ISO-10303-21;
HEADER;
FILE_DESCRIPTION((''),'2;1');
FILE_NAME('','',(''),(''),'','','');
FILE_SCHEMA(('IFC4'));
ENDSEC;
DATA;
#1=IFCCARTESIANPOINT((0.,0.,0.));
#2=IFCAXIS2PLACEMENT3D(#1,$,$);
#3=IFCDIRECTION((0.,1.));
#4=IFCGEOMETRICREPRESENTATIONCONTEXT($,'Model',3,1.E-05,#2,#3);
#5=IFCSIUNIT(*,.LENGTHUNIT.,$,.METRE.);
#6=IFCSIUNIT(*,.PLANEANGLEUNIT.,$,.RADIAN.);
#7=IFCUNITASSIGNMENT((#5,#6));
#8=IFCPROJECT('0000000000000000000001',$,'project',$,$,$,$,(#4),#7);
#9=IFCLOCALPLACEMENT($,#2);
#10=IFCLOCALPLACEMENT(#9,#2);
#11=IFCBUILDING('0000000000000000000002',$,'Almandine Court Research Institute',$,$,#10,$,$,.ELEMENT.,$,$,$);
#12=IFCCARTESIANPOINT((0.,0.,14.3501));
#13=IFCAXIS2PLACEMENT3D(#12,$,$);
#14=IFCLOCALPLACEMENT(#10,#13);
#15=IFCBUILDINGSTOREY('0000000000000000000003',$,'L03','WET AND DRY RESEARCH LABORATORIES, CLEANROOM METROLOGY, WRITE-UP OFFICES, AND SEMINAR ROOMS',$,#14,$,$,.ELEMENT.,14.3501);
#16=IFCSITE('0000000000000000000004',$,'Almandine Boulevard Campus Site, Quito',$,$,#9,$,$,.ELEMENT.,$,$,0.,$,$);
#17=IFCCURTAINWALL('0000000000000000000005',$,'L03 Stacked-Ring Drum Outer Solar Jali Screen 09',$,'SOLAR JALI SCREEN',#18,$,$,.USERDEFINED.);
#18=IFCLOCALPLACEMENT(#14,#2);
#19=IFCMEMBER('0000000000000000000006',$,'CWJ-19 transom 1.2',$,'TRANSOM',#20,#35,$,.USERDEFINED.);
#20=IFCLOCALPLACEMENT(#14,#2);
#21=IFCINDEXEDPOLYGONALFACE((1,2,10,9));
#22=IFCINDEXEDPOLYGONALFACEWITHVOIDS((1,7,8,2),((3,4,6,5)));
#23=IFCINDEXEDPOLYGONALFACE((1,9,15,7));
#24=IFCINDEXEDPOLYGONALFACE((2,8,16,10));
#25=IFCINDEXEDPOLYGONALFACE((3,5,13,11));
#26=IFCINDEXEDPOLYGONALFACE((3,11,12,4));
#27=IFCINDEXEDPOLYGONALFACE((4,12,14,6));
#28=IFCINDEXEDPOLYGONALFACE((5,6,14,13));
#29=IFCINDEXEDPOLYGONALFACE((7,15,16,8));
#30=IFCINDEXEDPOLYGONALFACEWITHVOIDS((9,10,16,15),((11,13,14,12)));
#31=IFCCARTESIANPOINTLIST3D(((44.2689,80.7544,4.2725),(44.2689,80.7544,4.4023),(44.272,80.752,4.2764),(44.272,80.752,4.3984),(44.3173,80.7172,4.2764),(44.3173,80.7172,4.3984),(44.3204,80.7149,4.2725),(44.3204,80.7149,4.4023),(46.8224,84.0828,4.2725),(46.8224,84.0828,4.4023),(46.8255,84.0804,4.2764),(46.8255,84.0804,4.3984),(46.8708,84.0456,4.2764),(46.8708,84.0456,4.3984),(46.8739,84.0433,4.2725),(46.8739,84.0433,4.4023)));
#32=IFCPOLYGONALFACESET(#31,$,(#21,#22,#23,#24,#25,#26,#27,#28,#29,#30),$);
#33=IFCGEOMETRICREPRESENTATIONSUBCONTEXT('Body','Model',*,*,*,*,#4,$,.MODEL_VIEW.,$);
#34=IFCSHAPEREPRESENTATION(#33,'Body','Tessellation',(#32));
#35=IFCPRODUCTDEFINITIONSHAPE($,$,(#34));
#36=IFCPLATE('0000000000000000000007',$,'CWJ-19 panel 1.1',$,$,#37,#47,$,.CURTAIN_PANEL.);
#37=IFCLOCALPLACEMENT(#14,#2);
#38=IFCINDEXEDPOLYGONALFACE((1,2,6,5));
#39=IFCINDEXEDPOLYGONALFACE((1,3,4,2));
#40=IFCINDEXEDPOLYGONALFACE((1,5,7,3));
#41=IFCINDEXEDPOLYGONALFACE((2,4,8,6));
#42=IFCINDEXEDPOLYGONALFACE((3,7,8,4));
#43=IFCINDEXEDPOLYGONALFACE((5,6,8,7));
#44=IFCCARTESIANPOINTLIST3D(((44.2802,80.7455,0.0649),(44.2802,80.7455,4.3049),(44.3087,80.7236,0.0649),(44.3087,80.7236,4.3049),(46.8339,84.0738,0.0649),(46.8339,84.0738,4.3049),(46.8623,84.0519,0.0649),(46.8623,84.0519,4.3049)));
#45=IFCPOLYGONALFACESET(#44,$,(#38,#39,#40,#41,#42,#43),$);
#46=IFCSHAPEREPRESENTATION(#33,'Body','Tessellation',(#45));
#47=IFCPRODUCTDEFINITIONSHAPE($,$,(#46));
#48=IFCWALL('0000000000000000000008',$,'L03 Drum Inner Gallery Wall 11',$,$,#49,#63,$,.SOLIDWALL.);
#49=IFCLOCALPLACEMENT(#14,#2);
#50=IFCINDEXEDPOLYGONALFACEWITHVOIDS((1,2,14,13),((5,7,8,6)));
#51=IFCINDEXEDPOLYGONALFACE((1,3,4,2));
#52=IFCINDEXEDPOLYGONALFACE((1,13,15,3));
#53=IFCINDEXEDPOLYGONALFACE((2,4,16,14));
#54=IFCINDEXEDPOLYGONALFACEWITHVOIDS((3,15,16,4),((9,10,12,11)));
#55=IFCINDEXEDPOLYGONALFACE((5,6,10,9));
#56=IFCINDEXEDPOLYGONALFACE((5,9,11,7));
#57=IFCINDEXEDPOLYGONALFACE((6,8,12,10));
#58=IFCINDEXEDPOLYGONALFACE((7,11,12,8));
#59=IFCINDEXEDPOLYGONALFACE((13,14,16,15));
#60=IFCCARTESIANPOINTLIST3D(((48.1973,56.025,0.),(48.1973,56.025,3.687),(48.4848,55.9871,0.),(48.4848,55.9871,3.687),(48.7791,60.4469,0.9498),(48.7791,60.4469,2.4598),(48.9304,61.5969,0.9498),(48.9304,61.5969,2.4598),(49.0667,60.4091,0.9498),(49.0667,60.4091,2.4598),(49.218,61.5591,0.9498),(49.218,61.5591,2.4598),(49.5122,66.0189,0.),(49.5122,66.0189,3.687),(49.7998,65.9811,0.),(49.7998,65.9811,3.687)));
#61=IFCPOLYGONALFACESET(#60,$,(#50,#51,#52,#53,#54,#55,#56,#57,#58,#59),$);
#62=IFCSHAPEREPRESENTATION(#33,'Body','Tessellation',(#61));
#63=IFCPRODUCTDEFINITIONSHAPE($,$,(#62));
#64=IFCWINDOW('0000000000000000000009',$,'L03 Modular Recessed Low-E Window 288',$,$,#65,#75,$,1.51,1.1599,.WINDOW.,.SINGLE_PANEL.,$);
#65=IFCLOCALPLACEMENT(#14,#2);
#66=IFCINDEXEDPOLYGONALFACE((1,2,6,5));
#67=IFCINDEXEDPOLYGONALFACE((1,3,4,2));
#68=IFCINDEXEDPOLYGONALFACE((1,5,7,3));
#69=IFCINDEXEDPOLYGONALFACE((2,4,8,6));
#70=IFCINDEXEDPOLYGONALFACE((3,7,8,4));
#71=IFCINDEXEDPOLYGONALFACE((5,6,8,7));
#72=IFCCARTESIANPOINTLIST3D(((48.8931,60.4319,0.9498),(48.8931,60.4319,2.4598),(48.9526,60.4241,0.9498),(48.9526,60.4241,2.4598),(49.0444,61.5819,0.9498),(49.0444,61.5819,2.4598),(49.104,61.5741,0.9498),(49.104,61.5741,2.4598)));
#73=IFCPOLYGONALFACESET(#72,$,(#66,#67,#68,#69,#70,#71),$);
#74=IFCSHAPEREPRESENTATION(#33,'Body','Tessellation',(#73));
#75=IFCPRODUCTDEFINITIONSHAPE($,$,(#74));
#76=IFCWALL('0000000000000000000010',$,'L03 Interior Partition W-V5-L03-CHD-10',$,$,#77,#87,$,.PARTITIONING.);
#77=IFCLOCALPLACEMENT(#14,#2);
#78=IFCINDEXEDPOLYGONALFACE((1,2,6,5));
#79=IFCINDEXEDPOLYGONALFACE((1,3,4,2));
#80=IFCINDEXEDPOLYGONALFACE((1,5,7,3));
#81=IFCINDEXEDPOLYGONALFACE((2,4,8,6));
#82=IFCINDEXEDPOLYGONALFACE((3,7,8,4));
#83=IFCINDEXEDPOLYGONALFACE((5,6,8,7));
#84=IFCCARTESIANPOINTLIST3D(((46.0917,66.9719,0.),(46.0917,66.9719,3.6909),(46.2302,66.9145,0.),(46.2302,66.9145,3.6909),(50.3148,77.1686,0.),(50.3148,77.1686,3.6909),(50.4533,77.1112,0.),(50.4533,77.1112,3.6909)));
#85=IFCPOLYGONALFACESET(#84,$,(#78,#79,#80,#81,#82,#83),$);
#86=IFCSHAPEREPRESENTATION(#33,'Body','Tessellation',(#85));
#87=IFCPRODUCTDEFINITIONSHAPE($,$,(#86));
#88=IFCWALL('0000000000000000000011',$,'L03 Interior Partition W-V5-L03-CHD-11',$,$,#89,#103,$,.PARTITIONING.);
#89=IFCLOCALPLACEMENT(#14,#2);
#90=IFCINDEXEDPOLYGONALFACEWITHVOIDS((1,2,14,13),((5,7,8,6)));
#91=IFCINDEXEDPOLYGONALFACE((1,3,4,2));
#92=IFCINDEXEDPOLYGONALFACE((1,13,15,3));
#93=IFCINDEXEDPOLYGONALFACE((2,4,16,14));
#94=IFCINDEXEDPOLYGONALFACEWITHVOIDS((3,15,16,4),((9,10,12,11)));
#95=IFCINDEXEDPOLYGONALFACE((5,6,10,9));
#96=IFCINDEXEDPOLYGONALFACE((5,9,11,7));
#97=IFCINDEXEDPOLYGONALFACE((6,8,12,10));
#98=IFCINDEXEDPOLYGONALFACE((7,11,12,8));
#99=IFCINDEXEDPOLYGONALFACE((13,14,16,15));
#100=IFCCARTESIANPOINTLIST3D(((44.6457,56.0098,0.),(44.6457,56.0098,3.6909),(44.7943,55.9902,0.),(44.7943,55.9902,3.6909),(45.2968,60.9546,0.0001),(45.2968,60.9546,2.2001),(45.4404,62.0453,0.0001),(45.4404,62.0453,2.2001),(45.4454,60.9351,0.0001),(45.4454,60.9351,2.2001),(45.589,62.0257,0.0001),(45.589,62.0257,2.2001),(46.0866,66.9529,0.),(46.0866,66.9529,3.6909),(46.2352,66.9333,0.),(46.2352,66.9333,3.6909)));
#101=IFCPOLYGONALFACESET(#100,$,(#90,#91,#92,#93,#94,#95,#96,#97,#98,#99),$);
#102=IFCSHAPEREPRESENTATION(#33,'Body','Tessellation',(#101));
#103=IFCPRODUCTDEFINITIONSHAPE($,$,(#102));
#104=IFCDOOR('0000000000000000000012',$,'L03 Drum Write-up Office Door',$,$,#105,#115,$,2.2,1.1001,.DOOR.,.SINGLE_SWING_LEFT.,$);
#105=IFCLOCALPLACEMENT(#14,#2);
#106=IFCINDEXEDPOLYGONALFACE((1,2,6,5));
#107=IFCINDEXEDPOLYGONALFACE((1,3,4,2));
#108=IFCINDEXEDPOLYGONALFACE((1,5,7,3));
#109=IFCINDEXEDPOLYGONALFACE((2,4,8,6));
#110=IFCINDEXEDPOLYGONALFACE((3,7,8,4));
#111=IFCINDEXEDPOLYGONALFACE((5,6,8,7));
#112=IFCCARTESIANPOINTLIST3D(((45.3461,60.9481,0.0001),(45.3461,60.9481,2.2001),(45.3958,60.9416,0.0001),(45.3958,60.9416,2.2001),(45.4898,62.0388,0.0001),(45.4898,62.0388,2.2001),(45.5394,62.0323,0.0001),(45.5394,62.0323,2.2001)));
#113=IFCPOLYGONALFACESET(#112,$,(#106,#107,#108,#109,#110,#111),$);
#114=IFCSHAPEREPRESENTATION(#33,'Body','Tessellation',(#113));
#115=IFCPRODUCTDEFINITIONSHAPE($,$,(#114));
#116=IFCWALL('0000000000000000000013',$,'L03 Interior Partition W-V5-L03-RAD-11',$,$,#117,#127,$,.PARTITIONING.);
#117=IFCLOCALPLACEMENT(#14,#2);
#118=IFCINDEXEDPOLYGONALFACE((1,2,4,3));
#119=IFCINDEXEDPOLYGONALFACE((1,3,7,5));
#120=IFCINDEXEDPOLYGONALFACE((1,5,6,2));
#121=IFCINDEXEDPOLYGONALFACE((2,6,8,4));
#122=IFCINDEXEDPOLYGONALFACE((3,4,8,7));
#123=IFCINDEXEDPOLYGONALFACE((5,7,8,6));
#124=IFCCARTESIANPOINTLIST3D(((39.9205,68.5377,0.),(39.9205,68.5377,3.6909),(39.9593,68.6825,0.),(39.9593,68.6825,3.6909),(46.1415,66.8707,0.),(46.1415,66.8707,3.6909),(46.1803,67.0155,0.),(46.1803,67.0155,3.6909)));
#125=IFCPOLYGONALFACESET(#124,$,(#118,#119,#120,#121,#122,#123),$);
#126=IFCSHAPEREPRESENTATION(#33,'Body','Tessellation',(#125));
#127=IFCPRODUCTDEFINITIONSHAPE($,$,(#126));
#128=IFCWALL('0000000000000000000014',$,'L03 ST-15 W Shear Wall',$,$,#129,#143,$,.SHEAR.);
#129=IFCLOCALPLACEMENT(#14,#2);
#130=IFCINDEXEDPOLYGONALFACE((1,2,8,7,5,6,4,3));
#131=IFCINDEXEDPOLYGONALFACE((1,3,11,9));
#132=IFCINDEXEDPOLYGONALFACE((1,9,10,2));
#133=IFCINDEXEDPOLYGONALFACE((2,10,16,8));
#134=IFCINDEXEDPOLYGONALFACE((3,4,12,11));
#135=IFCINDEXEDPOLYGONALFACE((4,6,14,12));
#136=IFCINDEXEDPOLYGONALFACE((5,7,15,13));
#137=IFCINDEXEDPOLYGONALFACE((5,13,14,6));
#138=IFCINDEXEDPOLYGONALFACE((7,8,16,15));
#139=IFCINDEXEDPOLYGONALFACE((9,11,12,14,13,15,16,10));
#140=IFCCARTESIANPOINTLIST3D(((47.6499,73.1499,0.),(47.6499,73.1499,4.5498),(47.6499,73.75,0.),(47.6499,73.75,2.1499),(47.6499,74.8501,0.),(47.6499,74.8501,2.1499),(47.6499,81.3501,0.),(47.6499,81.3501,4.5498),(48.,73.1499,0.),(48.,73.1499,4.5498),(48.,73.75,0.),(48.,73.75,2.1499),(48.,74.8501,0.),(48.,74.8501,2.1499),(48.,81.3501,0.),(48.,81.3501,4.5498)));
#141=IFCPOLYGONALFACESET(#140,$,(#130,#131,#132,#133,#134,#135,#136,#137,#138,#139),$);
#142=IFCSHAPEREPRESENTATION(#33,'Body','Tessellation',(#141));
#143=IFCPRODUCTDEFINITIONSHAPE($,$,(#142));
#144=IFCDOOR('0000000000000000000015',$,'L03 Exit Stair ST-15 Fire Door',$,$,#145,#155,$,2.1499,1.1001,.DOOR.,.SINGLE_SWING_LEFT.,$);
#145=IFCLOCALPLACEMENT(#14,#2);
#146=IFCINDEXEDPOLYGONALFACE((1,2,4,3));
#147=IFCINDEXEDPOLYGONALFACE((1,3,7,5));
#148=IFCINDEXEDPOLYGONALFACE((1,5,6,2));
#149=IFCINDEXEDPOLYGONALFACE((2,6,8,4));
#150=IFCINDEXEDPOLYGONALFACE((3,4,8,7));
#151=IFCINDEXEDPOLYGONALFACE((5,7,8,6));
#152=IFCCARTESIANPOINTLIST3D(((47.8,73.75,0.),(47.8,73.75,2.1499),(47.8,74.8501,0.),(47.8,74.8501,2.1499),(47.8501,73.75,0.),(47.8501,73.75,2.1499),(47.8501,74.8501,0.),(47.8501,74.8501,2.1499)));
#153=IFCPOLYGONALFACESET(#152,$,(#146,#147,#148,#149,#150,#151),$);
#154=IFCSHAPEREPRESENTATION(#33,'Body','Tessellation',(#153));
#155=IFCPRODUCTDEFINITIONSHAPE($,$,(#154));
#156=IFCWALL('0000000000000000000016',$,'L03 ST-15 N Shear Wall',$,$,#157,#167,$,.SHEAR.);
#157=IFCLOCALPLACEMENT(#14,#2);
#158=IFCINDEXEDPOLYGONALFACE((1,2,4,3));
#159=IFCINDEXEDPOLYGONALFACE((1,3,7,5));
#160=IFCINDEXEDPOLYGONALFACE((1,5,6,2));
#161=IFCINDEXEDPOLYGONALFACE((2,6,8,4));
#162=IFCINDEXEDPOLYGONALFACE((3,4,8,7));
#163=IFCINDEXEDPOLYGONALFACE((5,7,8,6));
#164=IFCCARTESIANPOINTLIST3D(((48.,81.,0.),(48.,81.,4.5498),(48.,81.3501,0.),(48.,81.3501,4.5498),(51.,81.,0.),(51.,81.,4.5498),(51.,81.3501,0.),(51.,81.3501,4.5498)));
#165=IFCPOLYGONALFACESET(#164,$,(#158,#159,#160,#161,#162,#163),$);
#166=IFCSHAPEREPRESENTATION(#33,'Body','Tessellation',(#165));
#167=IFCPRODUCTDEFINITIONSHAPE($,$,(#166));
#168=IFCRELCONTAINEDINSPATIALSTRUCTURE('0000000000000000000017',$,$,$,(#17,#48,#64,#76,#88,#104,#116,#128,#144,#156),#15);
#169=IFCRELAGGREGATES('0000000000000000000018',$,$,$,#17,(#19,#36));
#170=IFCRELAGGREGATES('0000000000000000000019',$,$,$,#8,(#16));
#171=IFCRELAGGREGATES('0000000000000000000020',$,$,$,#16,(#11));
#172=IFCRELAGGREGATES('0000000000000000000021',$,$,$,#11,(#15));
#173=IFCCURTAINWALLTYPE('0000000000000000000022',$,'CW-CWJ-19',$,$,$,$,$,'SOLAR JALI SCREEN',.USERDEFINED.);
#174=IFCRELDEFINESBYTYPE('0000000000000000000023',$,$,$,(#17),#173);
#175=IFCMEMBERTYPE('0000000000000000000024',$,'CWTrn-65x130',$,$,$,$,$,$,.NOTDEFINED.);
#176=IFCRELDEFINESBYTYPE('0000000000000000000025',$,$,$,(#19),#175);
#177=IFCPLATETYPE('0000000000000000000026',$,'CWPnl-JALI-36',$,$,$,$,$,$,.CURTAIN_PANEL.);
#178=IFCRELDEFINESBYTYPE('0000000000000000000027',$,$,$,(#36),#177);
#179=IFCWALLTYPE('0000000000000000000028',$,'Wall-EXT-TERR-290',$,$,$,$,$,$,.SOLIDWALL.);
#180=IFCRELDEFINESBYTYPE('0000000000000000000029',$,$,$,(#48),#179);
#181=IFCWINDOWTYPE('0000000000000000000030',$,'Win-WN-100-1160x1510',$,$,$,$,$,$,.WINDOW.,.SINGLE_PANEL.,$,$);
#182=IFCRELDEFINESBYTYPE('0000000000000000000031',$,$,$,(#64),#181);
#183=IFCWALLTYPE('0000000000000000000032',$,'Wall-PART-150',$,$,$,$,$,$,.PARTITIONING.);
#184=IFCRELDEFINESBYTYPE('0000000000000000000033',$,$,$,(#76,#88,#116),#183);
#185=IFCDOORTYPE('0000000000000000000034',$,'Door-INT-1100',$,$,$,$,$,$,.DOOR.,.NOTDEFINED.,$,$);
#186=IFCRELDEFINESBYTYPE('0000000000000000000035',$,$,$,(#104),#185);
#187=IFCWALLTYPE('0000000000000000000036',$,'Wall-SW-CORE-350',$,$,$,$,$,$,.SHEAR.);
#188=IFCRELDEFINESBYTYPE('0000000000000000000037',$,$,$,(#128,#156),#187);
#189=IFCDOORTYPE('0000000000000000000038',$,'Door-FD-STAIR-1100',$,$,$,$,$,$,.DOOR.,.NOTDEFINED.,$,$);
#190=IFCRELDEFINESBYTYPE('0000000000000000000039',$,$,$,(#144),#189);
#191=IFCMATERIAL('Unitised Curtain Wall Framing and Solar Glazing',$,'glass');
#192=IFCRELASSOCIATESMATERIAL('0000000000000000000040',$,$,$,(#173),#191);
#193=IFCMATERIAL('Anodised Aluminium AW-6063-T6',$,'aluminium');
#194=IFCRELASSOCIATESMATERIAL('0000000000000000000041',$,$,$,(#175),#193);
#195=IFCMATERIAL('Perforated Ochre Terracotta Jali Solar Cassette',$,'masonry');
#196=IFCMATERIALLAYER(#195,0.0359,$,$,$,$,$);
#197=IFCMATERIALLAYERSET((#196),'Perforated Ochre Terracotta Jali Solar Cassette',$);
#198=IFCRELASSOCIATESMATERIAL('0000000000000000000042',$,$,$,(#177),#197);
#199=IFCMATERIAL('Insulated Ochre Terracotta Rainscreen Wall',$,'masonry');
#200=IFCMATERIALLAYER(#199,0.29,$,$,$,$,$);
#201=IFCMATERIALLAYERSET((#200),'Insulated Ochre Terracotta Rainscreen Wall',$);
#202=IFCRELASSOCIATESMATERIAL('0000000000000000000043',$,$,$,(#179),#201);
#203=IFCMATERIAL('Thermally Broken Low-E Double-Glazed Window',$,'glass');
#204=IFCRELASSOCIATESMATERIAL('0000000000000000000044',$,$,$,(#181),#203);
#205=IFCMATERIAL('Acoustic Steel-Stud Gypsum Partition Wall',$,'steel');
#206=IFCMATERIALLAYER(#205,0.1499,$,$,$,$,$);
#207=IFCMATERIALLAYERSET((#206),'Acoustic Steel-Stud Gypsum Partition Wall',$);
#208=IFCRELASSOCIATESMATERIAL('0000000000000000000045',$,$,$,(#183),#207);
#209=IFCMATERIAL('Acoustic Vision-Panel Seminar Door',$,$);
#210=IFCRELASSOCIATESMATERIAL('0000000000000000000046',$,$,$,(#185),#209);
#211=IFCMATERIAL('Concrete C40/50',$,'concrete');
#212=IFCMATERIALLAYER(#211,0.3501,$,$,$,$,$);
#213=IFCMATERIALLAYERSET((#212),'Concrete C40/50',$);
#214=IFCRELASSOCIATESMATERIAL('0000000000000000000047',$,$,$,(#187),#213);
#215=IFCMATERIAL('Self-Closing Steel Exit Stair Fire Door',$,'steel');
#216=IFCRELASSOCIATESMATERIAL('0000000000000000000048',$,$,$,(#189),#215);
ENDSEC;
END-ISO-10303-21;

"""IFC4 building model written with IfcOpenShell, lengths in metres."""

from ifc_helpers import new_model, si_unit, direction, frame, frame_2d, origin, origin_2d, place, context, subcontext, project, spatial, rectangle, hollow_rectangle, extrude, material, layer, layer_set, material_profile, profile_set, type_object, element, fill, aggregate, save


model = new_model("IFC4")

# Units and contexts
model_context = context("Model", 3, precision=1e-05, world=origin(), true_north=direction((0.0, 1.0)))
body_context = subcontext(model_context, "Body", "Model", "MODEL_VIEW")
ifc_project = project(units=[si_unit("LENGTHUNIT", "METRE"), si_unit("PLANEANGLEUNIT", "RADIAN")], contexts=[model_context])

# Site, building, storey
site_placement = place(None, origin())
site = spatial("IfcSite", under=ifc_project, at=site_placement, Name="Almandine Boulevard Campus Site, Quito", CompositionType="ELEMENT", RefElevation=0.0)
building_placement = place(site_placement, origin())
building = spatial("IfcBuilding", under=site, at=building_placement, Name="Almandine Court Research Institute", CompositionType="ELEMENT")
storey_placement = place(building_placement, frame((0.0, 0.0, 14.3501)))
storey = spatial("IfcBuildingStorey", under=building, at=storey_placement, Name="L03", Description="WET AND DRY RESEARCH LABORATORIES, CLEANROOM METROLOGY, WRITE-UP OFFICES, AND SEMINAR ROOMS", CompositionType="ELEMENT", Elevation=14.3501)

# Curtain wall, member, plate
ifc_material_1 = material(Name="Unitised Curtain Wall Framing and Solar Glazing", Category="glass")
curtain_wall_type = type_object("IfcCurtainWallType", Name="CW-CWJ-19", ElementType="SOLAR JALI SCREEN", PredefinedType="USERDEFINED", material=ifc_material_1)
curtain_wall_placement = place(storey_placement, origin())
curtain_wall = element("IfcCurtainWall", 1, at=curtain_wall_placement, inside=storey, type_object=curtain_wall_type, Name="L03 Stacked-Ring Drum Outer Solar Jali Screen 09", ObjectType="SOLAR JALI SCREEN", PredefinedType="USERDEFINED")
ifc_material_2 = material(Name="Anodised Aluminium AW-6063-T6", Category="aluminium")
ifc_material_profile_1 = material_profile(ifc_material_2, hollow_rectangle(XDim=0.0649, YDim=0.1299, WallThickness=0.0039, at=origin_2d()), Name="ALU RHS 65x130x4")
ifc_profile_set_1 = profile_set([ifc_material_profile_1], Name="Anodised Aluminium AW-6063-T6")
member_type = type_object("IfcMemberType", Name="CWTrn-65x130", PredefinedType="NOTDEFINED", material=ifc_profile_set_1)
member_placement = place(storey_placement, frame((44.2947, 80.7346, 4.3374), z_axis=(0.608689, 0.793409, 0.0), x_axis=(-0.793409, 0.608689, 0.0)))
member = element("IfcMember", 2, at=member_placement, type_object=member_type, Name="CWJ-19 transom 1.2", ObjectType="TRANSOM", PredefinedType="USERDEFINED", context=body_context, shape_type="SweptSolid", body=[
    extrude(hollow_rectangle(XDim=0.0649, YDim=0.1299, WallThickness=0.0039, at=origin_2d()), origin(), (0.0, 0.0, 1.0), 4.1951),
])
ifc_material_3 = material(Name="Perforated Ochre Terracotta Jali Solar Cassette", Category="masonry")
ifc_layer_1 = layer(ifc_material_3, 0.0359)
ifc_layer_set_1 = layer_set([ifc_layer_1], Name="Perforated Ochre Terracotta Jali Solar Cassette")
plate_type = type_object("IfcPlateType", Name="CWPnl-JALI-36", PredefinedType="CURTAIN_PANEL", material=ifc_layer_set_1)
plate_placement = place(storey_placement, frame((45.5713, 82.3987, 0.0649), z_axis=(0.0, 0.0, 1.0), x_axis=(0.608723, 0.793383, 0.0)))
plate = element("IfcPlate", 3, at=plate_placement, type_object=plate_type, Name="CWJ-19 panel 1.1", PredefinedType="CURTAIN_PANEL", context=body_context, shape_type="SweptSolid", body=[
    extrude(rectangle(XDim=4.1951, YDim=0.0359, at=origin_2d()), origin(), (0.0, 0.0, 1.0), 4.24),
])
aggregate(curtain_wall, [member, plate])

# Wall, opening, window
ifc_material_4 = material(Name="Insulated Ochre Terracotta Rainscreen Wall", Category="masonry")
ifc_layer_2 = layer(ifc_material_4, 0.29)
ifc_layer_set_2 = layer_set([ifc_layer_2], Name="Insulated Ochre Terracotta Rainscreen Wall")
wall_type_1 = type_object("IfcWallType", Name="Wall-EXT-TERR-290", PredefinedType="SOLIDWALL", material=ifc_layer_set_2)
wall_1_placement = place(storey_placement, frame((49.656, 66.0, 0.0), z_axis=(0.0, 0.0, 1.0), x_axis=(-0.13045, -0.991455, 0.0)))
wall_1 = element("IfcWall", 4, at=wall_1_placement, inside=storey, type_object=wall_type_1, Name="L03 Drum Inner Gallery Wall 11", PredefinedType="SOLIDWALL", context=body_context, shape_type="SweptSolid", body=[
    extrude(rectangle(XDim=10.0801, YDim=0.29, at=frame_2d((5.04, 0.0))), origin(), (0.0, 0.0, 1.0), 3.687),
])
opening_1_placement = place(wall_1_placement, frame((4.46, 0.0, 0.95)))
opening_1 = element("IfcOpeningElement", 5, at=opening_1_placement, cuts=wall_1, PredefinedType="OPENING", context=body_context, shape_type="SweptSolid", body=[
    extrude(rectangle(XDim=1.1599, YDim=1.51, at=frame_2d((0.5801, 0.7549))), frame((0.0, 0.155, 0.0), z_axis=(0.0, -1.0, 0.0), x_axis=(1.0, 0.0, 0.0)), (0.0, 0.0, 1.0), 0.3101),
])
ifc_material_5 = material(Name="Thermally Broken Low-E Double-Glazed Window", Category="glass")
window_type = type_object("IfcWindowType", Name="Win-WN-100-1160x1510", PartitioningType="SINGLE_PANEL", PredefinedType="WINDOW", material=ifc_material_5)
window_placement = place(opening_1_placement, origin())
window = element("IfcWindow", 6, at=window_placement, inside=storey, type_object=window_type, Name="L03 Modular Recessed Low-E Window 288", OverallHeight=1.51, OverallWidth=1.1599, PartitioningType="SINGLE_PANEL", PredefinedType="WINDOW", context=body_context, shape_type="SweptSolid", body=[
    extrude(rectangle(XDim=1.1599, YDim=1.51, at=frame_2d((0.5801, 0.7549))), frame((0.0, 0.03, 0.0), z_axis=(0.0, -1.0, 0.0), x_axis=(1.0, 0.0, 0.0)), (0.0, 0.0, 1.0), 0.0601),
])
fill(opening_1, window)

# Wall
ifc_material_6 = material(Name="Acoustic Steel-Stud Gypsum Partition Wall", Category="steel")
ifc_layer_3 = layer(ifc_material_6, 0.1499)
ifc_layer_set_3 = layer_set([ifc_layer_3], Name="Acoustic Steel-Stud Gypsum Partition Wall")
wall_type_2 = type_object("IfcWallType", Name="Wall-PART-150", PredefinedType="PARTITIONING", material=ifc_layer_set_3)
wall_2_placement = place(storey_placement, frame((50.384, 77.1399, 0.0), z_axis=(0.0, 0.0, 1.0), x_axis=(-0.382645, -0.923896, 0.0)))
element("IfcWall", 7, at=wall_2_placement, inside=storey, type_object=wall_type_2, Name="L03 Interior Partition W-V5-L03-CHD-10", PredefinedType="PARTITIONING", context=body_context, shape_type="SweptSolid", body=[
    extrude(rectangle(XDim=11.0366, YDim=0.1499, at=frame_2d((5.5183, 0.0))), origin(), (0.0, 0.0, 1.0), 3.6909),
])

# Wall, opening, door
wall_3_placement = place(storey_placement, frame((46.1609, 66.9431, 0.0), z_axis=(0.0, 0.0, 1.0), x_axis=(-0.130547, -0.991442, 0.0)))
wall_3 = element("IfcWall", 8, at=wall_3_placement, inside=storey, type_object=wall_type_2, Name="L03 Interior Partition W-V5-L03-CHD-11", PredefinedType="PARTITIONING", context=body_context, shape_type="SweptSolid", body=[
    extrude(rectangle(XDim=11.0376, YDim=0.1499, at=frame_2d((5.5188, 0.0))), origin(), (0.0, 0.0, 1.0), 3.6909),
])
opening_2_placement = place(wall_3_placement, frame((4.95, 0.0, 0.0)))
opening_2 = element("IfcOpeningElement", 9, at=opening_2_placement, cuts=wall_3, PredefinedType="OPENING", context=body_context, shape_type="SweptSolid", body=[
    extrude(rectangle(XDim=1.1001, YDim=2.2, at=frame_2d((0.55, 1.1001))), frame((0.0, 0.085, 0.0), z_axis=(0.0, -1.0, 0.0), x_axis=(1.0, 0.0, 0.0)), (0.0, 0.0, 1.0), 0.1699),
])
ifc_material_7 = material(Name="Acoustic Vision-Panel Seminar Door")
door_type_1 = type_object("IfcDoorType", Name="Door-INT-1100", OperationType="NOTDEFINED", PredefinedType="DOOR", material=ifc_material_7)
door_1_placement = place(opening_2_placement, origin())
door_1 = element("IfcDoor", 10, at=door_1_placement, inside=storey, type_object=door_type_1, Name="L03 Drum Write-up Office Door", OperationType="SINGLE_SWING_LEFT", OverallHeight=2.2, OverallWidth=1.1001, PredefinedType="DOOR", context=body_context, shape_type="SweptSolid", body=[
    extrude(rectangle(XDim=1.1001, YDim=2.2, at=frame_2d((0.55, 1.1001))), frame((0.0, 0.0249, 0.0), z_axis=(0.0, -1.0, 0.0), x_axis=(1.0, 0.0, 0.0)), (0.0, 0.0, 1.0), 0.05),
])
fill(opening_2, door_1)

# Wall
wall_4_placement = place(storey_placement, frame((46.1609, 66.9431, 0.0), z_axis=(0.0, 0.0, 1.0), x_axis=(-0.965922, 0.258833, 0.0)))
element("IfcWall", 11, at=wall_4_placement, inside=storey, type_object=wall_type_2, Name="L03 Interior Partition W-V5-L03-RAD-11", PredefinedType="PARTITIONING", context=body_context, shape_type="SweptSolid", body=[
    extrude(rectangle(XDim=6.4404, YDim=0.1499, at=frame_2d((3.2202, 0.0))), origin(), (0.0, 0.0, 1.0), 3.6909),
])

# Wall, opening, door
ifc_material_8 = material(Name="Concrete C40/50", Category="concrete")
ifc_layer_4 = layer(ifc_material_8, 0.3501)
ifc_layer_set_4 = layer_set([ifc_layer_4], Name="Concrete C40/50")
wall_type_3 = type_object("IfcWallType", Name="Wall-SW-CORE-350", PredefinedType="SHEAR", material=ifc_layer_set_4)
wall_5_placement = place(storey_placement, frame((47.825, 73.1499, 0.0), z_axis=(0.0, 0.0, 1.0), x_axis=(0.0, 1.0, 0.0)))
wall_5 = element("IfcWall", 12, at=wall_5_placement, inside=storey, type_object=wall_type_3, Name="L03 ST-15 W Shear Wall", PredefinedType="SHEAR", context=body_context, shape_type="SweptSolid", body=[
    extrude(rectangle(XDim=8.2002, YDim=0.3501, at=frame_2d((4.1001, 0.0))), origin(), (0.0, 0.0, 1.0), 4.5498),
])
opening_3_placement = place(wall_5_placement, frame((0.6001, 0.0, 0.0)))
opening_3 = element("IfcOpeningElement", 13, at=opening_3_placement, cuts=wall_5, PredefinedType="OPENING", context=body_context, shape_type="SweptSolid", body=[
    extrude(rectangle(XDim=1.1001, YDim=2.1499, at=frame_2d((0.55, 1.075))), frame((0.0, 0.1851, 0.0), z_axis=(0.0, -1.0, 0.0), x_axis=(1.0, 0.0, 0.0)), (0.0, 0.0, 1.0), 0.3701),
])
ifc_material_9 = material(Name="Self-Closing Steel Exit Stair Fire Door", Category="steel")
door_type_2 = type_object("IfcDoorType", Name="Door-FD-STAIR-1100", OperationType="NOTDEFINED", PredefinedType="DOOR", material=ifc_material_9)
door_2_placement = place(opening_3_placement, origin())
door_2 = element("IfcDoor", 14, at=door_2_placement, inside=storey, type_object=door_type_2, Name="L03 Exit Stair ST-15 Fire Door", OperationType="SINGLE_SWING_LEFT", OverallHeight=2.1499, OverallWidth=1.1001, PredefinedType="DOOR", context=body_context, shape_type="SweptSolid", body=[
    extrude(rectangle(XDim=1.1001, YDim=2.1499, at=frame_2d((0.55, 1.075))), frame((0.0, 0.0249, 0.0), z_axis=(0.0, -1.0, 0.0), x_axis=(1.0, 0.0, 0.0)), (0.0, 0.0, 1.0), 0.05),
])
fill(opening_3, door_2)

# Wall
wall_6_placement = place(storey_placement, frame((48.0, 81.175, 0.0), z_axis=(0.0, 0.0, 1.0), x_axis=(1.0, 0.0, 0.0)))
element("IfcWall", 15, at=wall_6_placement, inside=storey, type_object=wall_type_3, Name="L03 ST-15 N Shear Wall", PredefinedType="SHEAR", context=body_context, shape_type="SweptSolid", body=[
    extrude(rectangle(XDim=3.0, YDim=0.3501, at=frame_2d((1.5, 0.0))), origin(), (0.0, 0.0, 1.0), 4.5498),
])

save(model, "model.ifc")
